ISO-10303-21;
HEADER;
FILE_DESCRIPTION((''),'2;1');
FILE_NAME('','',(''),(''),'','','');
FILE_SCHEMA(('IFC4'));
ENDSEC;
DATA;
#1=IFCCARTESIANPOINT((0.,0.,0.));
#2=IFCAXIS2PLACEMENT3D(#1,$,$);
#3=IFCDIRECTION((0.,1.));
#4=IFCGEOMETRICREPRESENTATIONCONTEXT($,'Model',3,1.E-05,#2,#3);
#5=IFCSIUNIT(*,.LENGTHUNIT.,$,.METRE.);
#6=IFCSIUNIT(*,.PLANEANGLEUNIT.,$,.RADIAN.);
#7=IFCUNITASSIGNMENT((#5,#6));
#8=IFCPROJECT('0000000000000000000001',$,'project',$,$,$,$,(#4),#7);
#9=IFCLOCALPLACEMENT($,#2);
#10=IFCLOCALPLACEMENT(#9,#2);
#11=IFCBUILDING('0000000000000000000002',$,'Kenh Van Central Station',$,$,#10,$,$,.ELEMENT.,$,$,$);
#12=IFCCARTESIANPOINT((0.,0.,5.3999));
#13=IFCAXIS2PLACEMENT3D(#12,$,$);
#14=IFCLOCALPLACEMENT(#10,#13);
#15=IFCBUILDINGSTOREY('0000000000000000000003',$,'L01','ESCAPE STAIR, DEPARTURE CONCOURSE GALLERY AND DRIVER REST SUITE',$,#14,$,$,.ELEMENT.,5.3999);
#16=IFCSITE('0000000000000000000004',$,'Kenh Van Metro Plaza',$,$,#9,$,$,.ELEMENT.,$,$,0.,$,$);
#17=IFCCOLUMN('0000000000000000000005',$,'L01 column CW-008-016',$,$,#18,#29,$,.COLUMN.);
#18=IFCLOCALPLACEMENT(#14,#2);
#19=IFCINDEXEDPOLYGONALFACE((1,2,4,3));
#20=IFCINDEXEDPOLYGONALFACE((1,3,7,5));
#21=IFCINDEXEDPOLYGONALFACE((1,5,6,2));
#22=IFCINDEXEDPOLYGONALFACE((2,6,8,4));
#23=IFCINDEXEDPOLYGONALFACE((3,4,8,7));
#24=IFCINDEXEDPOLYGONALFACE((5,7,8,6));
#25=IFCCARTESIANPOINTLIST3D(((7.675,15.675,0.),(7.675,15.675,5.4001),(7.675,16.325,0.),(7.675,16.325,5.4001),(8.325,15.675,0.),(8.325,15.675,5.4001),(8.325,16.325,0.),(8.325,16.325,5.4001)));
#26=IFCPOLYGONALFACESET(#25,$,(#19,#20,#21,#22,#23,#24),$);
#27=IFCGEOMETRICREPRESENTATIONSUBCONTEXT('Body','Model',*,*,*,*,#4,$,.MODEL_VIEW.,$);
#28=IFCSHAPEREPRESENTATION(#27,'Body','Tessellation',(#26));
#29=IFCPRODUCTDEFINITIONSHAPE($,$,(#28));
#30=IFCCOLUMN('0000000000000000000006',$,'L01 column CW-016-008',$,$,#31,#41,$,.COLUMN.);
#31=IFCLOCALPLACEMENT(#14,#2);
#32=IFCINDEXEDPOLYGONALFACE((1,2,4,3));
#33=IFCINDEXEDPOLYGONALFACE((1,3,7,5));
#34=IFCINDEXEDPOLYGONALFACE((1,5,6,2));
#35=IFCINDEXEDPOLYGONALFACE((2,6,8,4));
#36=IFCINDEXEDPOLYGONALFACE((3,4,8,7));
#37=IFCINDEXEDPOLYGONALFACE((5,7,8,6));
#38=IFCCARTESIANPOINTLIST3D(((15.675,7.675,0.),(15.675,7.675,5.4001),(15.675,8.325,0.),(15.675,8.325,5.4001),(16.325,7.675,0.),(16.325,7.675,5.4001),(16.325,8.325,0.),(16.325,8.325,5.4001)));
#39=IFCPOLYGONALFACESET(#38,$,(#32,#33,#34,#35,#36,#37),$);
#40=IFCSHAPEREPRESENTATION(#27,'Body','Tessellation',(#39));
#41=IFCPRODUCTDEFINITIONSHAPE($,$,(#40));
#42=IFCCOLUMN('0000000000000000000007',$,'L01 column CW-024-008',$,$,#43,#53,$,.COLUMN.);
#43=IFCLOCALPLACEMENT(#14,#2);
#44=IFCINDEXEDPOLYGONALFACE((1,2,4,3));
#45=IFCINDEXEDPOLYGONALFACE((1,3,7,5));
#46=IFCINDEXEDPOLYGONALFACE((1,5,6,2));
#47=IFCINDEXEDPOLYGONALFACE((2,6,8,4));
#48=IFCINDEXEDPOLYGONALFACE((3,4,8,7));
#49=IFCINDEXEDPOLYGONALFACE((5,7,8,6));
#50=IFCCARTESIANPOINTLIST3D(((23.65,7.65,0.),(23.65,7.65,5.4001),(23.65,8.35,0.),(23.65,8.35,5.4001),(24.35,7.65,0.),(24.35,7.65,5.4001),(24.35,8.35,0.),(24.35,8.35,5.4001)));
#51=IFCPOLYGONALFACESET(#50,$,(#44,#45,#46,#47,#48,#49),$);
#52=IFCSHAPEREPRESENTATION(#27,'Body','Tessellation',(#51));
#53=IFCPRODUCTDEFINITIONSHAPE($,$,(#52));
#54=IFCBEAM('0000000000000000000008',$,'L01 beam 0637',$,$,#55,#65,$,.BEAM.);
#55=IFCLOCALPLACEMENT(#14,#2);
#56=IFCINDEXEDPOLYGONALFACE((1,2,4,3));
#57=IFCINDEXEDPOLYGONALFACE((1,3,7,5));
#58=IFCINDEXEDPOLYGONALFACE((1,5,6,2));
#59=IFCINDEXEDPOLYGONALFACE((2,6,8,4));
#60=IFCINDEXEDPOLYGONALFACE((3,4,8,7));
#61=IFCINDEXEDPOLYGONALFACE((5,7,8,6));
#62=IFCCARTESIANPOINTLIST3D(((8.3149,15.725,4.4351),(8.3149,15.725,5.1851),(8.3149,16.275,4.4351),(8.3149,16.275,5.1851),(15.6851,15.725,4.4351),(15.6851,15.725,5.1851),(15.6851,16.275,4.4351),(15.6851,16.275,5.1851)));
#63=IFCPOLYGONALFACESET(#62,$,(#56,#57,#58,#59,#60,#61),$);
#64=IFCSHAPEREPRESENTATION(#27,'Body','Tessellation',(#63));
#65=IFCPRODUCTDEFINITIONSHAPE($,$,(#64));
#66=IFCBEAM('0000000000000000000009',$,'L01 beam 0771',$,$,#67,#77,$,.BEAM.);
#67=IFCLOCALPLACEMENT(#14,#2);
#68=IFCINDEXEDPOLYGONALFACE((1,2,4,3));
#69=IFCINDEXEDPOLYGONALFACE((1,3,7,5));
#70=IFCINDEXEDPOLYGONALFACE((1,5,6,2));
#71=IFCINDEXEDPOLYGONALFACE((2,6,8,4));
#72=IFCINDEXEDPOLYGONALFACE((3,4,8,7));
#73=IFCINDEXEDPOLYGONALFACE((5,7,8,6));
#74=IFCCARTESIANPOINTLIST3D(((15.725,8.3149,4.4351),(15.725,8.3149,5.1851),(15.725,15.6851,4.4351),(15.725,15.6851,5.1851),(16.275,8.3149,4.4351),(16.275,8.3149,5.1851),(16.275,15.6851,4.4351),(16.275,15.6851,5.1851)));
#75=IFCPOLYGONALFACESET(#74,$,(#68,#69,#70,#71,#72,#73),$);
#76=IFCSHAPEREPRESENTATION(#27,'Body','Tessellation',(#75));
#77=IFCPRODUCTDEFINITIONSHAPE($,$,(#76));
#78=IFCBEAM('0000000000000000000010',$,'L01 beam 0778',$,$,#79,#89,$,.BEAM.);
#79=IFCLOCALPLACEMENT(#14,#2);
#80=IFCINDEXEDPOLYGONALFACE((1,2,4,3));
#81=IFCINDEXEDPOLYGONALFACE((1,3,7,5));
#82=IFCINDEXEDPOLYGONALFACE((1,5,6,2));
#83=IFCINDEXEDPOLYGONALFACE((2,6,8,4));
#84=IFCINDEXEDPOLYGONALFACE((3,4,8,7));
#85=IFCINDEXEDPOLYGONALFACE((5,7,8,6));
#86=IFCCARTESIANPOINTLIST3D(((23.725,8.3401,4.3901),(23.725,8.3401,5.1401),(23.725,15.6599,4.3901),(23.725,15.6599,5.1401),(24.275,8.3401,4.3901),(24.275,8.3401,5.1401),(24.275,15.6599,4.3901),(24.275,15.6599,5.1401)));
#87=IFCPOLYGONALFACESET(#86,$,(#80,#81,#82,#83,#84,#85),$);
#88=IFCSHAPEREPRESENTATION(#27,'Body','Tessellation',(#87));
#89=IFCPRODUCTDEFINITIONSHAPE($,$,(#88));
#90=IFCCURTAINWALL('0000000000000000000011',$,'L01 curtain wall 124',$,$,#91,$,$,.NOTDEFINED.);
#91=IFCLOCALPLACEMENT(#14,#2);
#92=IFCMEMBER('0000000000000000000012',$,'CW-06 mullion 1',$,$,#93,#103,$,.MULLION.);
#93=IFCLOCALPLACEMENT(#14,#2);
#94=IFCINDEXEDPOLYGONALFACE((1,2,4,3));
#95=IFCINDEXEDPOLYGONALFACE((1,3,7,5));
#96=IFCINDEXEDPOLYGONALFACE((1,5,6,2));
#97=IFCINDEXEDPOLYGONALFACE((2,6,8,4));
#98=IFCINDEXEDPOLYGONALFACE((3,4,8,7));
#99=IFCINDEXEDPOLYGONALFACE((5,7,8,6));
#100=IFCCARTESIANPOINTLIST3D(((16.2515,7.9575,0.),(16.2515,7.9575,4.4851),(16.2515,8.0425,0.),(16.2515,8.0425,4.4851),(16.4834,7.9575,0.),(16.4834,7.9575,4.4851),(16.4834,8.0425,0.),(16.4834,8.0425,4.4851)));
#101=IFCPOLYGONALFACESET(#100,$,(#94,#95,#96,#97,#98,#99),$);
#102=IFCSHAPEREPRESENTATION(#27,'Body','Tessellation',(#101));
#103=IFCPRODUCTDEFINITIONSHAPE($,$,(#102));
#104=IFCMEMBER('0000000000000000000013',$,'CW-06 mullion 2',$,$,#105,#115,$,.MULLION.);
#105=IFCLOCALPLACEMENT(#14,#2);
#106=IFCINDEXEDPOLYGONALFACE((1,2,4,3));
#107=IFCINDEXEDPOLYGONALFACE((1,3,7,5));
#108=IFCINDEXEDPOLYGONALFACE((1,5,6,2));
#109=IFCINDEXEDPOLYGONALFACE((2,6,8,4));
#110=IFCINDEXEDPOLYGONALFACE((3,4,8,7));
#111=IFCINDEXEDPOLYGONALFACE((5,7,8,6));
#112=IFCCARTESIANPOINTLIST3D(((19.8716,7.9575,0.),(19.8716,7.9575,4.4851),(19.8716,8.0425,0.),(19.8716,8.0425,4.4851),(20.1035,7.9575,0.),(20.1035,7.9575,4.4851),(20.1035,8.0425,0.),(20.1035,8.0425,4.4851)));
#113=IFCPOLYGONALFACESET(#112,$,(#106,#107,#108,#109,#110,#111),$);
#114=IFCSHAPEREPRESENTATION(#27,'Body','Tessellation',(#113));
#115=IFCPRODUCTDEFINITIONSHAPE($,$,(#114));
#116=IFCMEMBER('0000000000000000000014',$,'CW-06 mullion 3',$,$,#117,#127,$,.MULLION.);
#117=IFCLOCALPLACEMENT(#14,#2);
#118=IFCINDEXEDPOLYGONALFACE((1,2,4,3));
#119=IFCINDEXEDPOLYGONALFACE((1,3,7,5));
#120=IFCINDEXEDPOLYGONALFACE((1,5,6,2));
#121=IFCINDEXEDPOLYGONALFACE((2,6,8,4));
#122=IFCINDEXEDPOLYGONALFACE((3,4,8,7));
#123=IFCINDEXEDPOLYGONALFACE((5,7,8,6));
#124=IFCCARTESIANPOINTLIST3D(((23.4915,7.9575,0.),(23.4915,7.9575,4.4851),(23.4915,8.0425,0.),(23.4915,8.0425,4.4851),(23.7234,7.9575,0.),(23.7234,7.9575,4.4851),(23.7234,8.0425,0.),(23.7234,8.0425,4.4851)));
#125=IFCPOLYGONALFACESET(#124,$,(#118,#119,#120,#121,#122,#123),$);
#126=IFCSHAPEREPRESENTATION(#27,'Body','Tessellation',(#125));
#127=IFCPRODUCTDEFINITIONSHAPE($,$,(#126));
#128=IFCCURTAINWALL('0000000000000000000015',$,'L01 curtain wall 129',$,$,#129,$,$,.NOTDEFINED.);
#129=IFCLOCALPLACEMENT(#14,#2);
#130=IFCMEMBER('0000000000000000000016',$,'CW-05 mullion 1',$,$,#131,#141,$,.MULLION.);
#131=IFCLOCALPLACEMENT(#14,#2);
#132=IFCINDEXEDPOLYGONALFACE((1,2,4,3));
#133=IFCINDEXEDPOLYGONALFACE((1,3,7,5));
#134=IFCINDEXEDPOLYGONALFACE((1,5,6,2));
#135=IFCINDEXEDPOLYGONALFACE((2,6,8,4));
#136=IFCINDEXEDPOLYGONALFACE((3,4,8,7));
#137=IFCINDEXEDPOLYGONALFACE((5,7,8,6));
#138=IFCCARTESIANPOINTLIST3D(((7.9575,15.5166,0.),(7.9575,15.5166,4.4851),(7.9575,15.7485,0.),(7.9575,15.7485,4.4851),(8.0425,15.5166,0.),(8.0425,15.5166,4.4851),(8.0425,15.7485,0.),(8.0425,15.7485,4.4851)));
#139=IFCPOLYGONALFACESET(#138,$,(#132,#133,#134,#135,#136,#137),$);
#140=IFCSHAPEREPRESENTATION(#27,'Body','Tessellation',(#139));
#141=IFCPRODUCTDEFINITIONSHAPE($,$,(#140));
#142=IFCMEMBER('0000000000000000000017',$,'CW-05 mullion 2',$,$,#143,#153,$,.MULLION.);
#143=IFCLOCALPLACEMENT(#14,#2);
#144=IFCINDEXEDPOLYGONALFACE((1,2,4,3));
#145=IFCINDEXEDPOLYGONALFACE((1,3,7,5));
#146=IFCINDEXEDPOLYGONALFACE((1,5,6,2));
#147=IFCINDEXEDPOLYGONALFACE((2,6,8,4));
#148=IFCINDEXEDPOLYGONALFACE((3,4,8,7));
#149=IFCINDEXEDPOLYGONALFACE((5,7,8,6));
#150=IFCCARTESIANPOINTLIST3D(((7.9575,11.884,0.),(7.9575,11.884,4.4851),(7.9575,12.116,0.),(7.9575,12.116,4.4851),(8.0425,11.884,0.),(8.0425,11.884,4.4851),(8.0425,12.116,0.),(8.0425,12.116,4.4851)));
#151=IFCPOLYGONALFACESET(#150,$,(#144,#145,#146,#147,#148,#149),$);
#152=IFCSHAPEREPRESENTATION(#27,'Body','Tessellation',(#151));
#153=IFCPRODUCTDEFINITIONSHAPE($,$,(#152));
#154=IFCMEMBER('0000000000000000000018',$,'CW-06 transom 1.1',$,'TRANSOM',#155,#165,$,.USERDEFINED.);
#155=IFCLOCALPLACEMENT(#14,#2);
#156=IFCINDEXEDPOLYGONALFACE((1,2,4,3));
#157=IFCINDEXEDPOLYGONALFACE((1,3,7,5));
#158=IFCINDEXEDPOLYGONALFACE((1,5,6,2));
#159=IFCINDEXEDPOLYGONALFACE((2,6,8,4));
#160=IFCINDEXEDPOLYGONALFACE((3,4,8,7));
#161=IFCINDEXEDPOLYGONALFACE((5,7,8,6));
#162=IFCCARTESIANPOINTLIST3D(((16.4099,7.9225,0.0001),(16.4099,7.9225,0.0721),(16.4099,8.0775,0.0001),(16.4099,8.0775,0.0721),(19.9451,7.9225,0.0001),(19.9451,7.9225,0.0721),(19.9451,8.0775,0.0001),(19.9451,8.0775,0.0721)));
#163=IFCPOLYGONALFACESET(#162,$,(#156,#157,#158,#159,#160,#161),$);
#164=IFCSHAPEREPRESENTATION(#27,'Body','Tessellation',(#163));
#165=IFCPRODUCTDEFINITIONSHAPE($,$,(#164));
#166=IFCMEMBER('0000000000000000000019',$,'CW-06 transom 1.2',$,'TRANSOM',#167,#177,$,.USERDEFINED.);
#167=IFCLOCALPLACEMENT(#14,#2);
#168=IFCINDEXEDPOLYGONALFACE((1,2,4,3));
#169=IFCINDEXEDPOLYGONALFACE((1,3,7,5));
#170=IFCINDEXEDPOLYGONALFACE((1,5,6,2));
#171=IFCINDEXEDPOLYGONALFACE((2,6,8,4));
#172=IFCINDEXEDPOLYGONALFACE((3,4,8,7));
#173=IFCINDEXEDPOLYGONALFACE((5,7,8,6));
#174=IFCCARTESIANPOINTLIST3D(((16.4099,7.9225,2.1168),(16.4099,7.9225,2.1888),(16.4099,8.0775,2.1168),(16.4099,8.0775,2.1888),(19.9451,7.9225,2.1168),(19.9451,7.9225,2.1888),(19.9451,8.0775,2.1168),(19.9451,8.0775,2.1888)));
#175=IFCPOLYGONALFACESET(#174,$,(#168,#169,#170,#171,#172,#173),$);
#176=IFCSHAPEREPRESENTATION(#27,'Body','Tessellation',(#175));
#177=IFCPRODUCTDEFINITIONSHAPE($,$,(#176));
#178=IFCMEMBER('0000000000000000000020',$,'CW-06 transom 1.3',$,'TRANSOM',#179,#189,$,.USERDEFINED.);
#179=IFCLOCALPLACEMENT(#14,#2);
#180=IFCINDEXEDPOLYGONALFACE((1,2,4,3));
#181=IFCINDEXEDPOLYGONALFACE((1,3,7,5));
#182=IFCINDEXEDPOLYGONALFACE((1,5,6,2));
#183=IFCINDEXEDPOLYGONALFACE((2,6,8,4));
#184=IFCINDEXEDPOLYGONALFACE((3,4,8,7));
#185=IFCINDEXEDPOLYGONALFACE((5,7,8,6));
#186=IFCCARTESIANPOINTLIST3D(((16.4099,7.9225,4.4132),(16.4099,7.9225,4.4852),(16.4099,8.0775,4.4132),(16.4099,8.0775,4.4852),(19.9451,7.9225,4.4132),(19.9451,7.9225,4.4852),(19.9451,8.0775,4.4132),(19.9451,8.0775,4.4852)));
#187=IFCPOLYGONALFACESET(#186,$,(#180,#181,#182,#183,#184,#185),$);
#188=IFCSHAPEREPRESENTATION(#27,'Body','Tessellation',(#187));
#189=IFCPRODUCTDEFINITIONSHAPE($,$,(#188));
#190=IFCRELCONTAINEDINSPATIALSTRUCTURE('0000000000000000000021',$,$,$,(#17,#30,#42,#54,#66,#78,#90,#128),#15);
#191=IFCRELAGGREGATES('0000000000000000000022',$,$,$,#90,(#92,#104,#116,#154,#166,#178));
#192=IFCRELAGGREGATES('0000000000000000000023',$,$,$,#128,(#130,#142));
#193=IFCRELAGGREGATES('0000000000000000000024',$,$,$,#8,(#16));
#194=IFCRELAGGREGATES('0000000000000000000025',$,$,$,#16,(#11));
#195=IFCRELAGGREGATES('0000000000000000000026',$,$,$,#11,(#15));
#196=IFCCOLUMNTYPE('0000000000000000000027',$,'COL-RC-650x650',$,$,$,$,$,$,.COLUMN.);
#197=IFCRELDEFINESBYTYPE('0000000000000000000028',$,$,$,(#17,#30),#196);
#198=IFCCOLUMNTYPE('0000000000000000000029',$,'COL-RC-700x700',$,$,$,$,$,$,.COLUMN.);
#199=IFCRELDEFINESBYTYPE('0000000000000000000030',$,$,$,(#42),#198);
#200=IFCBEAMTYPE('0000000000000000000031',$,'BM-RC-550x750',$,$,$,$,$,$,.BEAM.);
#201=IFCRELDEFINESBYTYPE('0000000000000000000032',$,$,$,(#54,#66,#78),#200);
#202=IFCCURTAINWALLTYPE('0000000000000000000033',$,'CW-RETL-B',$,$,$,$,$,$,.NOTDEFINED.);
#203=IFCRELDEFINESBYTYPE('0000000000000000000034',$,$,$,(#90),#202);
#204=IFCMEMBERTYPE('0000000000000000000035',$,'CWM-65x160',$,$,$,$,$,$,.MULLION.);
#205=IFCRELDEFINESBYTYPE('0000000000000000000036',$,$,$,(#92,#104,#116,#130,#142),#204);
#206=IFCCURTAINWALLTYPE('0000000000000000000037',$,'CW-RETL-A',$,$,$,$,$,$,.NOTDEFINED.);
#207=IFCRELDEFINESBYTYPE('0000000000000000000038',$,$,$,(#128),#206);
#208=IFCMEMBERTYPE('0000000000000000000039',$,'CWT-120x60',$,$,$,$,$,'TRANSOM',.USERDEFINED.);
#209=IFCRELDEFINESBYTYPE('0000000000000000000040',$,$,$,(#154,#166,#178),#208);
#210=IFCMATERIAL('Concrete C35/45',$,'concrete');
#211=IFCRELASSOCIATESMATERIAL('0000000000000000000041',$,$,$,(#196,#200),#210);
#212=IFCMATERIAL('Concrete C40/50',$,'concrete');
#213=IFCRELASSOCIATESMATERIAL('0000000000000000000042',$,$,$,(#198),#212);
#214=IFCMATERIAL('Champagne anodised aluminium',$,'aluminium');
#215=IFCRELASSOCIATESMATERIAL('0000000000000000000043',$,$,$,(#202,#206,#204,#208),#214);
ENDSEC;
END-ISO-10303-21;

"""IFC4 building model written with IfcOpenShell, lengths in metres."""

from ifc_helpers import new_model, si_unit, direction, frame, origin, origin_2d, place, context, subcontext, project, spatial, rectangle, extrude, material, material_profile, profile_set, type_object, element, aggregate, save


model = new_model("IFC4")

# Units and contexts
model_context = context("Model", 3, precision=1e-05, world=origin(), true_north=direction((0.0, 1.0)))
body_context = subcontext(model_context, "Body", "Model", "MODEL_VIEW")
ifc_project = project(units=[si_unit("LENGTHUNIT", "METRE"), si_unit("PLANEANGLEUNIT", "RADIAN")], contexts=[model_context])

# Site, building, storey
site_placement = place(None, origin())
site = spatial("IfcSite", under=ifc_project, at=site_placement, Name="Kenh Van Metro Plaza", CompositionType="ELEMENT", RefElevation=0.0)
building_placement = place(site_placement, origin())
building = spatial("IfcBuilding", under=site, at=building_placement, Name="Kenh Van Central Station", CompositionType="ELEMENT")
storey_placement = place(building_placement, frame((0.0, 0.0, 5.3999)))
storey = spatial("IfcBuildingStorey", under=building, at=storey_placement, Name="L01", Description="ESCAPE STAIR, DEPARTURE CONCOURSE GALLERY AND DRIVER REST SUITE", CompositionType="ELEMENT", Elevation=5.3999)

# Columns
ifc_material_1 = material(Name="Concrete C35/45", Category="concrete")
ifc_material_profile_1 = material_profile(ifc_material_1, rectangle(XDim=0.6499, YDim=0.6499, at=origin_2d()), Name="RC 650x650")
ifc_profile_set_1 = profile_set([ifc_material_profile_1], Name="Concrete C35/45")
column_type_1 = type_object("IfcColumnType", Name="COL-RC-650x650", PredefinedType="COLUMN", material=ifc_profile_set_1)
for number, where, z_axis, x_axis, name in (
    (1, (8.0, 16.0, 0.0), (0.0, 0.0, 1.0), (1.0, 0.0, 0.0), "L01 column CW-008-016"),
    (2, (16.0, 8.0, 0.0), (0.0, 0.0, 1.0), (1.0, 0.0, 0.0), "L01 column CW-016-008"),
):
    element("IfcColumn", number, at=place(storey_placement, frame(where, z_axis=z_axis, x_axis=x_axis)), inside=storey, type_object=column_type_1, Name=name, PredefinedType="COLUMN", context=body_context, shape_type="SweptSolid", body=[
        extrude(rectangle(XDim=0.6499, YDim=0.6499, at=origin_2d()), origin(), (0.0, 0.0, 1.0), 5.4001),
    ])
ifc_material_2 = material(Name="Concrete C40/50", Category="concrete")
ifc_material_profile_2 = material_profile(ifc_material_2, rectangle(XDim=0.7, YDim=0.7, at=origin_2d()), Name="RC 700x700")
ifc_profile_set_2 = profile_set([ifc_material_profile_2], Name="Concrete C40/50")
column_type_2 = type_object("IfcColumnType", Name="COL-RC-700x700", PredefinedType="COLUMN", material=ifc_profile_set_2)
column_placement = place(storey_placement, frame((24.0, 8.0, 0.0), z_axis=(0.0, 0.0, 1.0), x_axis=(1.0, 0.0, 0.0)))
element("IfcColumn", 3, at=column_placement, inside=storey, type_object=column_type_2, Name="L01 column CW-024-008", PredefinedType="COLUMN", context=body_context, shape_type="SweptSolid", body=[
    extrude(rectangle(XDim=0.7, YDim=0.7, at=origin_2d()), origin(), (0.0, 0.0, 1.0), 5.4001),
])

# Beams
ifc_material_profile_3 = material_profile(ifc_material_1, rectangle(XDim=0.55, YDim=0.75, at=origin_2d()), Name="RC 550x750")
ifc_profile_set_3 = profile_set([ifc_material_profile_3], Name="Concrete C35/45")
beam_type_1 = type_object("IfcBeamType", Name="BM-RC-550x750", PredefinedType="BEAM", material=ifc_profile_set_3)
for number, where, z_axis, x_axis, name in (
    (4, (8.3149, 16.0, 4.8101), (1.0, 0.0, 0.0), (0.0, 1.0, 0.0), "L01 beam 0637"),
    (5, (16.0, 8.3149, 4.8101), (0.0, 1.0, 0.0), (-1.0, 0.0, 0.0), "L01 beam 0771"),
):
    element("IfcBeam", number, at=place(storey_placement, frame(where, z_axis=z_axis, x_axis=x_axis)), inside=storey, type_object=beam_type_1, Name=name, PredefinedType="BEAM", context=body_context, shape_type="SweptSolid", body=[
        extrude(rectangle(XDim=0.55, YDim=0.75, at=origin_2d()), origin(), (0.0, 0.0, 1.0), 7.3701),
    ])
beam_1_placement = place(storey_placement, frame((24.0, 8.3401, 4.7651), z_axis=(0.0, 1.0, 0.0), x_axis=(-1.0, 0.0, 0.0)))
element("IfcBeam", 6, at=beam_1_placement, inside=storey, type_object=beam_type_1, Name="L01 beam 0778", PredefinedType="BEAM", context=body_context, shape_type="SweptSolid", body=[
    extrude(rectangle(XDim=0.55, YDim=0.75, at=origin_2d()), origin(), (0.0, 0.0, 1.0), 7.3198),
])

# Curtain walls, members
ifc_material_3 = material(Name="Champagne anodised aluminium", Category="aluminium")
curtain_wall_type_1 = type_object("IfcCurtainWallType", Name="CW-RETL-B", PredefinedType="NOTDEFINED", material=ifc_material_3)
curtain_wall_1_placement = place(storey_placement, origin())
curtain_wall_1 = element("IfcCurtainWall", 7, at=curtain_wall_1_placement, inside=storey, type_object=curtain_wall_type_1, Name="L01 curtain wall 124", PredefinedType="NOTDEFINED")
ifc_material_profile_4 = material_profile(ifc_material_3, rectangle(XDim=0.085, YDim=0.2319, at=origin_2d()), Name="AL 85x232")
ifc_profile_set_4 = profile_set([ifc_material_profile_4], Name="Champagne anodised aluminium")
member_type_1 = type_object("IfcMemberType", Name="CWM-65x160", PredefinedType="MULLION", material=ifc_profile_set_4)
member_1_placement = place(storey_placement, frame((16.3674, 8.0, 0.0), z_axis=(0.0, 0.0, 1.0), x_axis=(0.0, 1.0, 0.0)))
member_1 = element("IfcMember", 8, at=member_1_placement, type_object=member_type_1, Name="CW-06 mullion 1", PredefinedType="MULLION", context=body_context, shape_type="SweptSolid", body=[
    extrude(rectangle(XDim=0.085, YDim=0.2319, at=origin_2d()), origin(), (0.0, 0.0, 1.0), 4.4851),
])
member_2_placement = place(storey_placement, frame((19.9875, 8.0, 0.0), z_axis=(0.0, 0.0, 1.0), x_axis=(0.0, 1.0, 0.0)))
member_2 = element("IfcMember", 9, at=member_2_placement, type_object=member_type_1, Name="CW-06 mullion 2", PredefinedType="MULLION", context=body_context, shape_type="SweptSolid", body=[
    extrude(rectangle(XDim=0.085, YDim=0.2319, at=origin_2d()), origin(), (0.0, 0.0, 1.0), 4.4851),
])
member_3_placement = place(storey_placement, frame((23.6074, 8.0, 0.0), z_axis=(0.0, 0.0, 1.0), x_axis=(0.0, 1.0, 0.0)))
member_3 = element("IfcMember", 10, at=member_3_placement, type_object=member_type_1, Name="CW-06 mullion 3", PredefinedType="MULLION", context=body_context, shape_type="SweptSolid", body=[
    extrude(rectangle(XDim=0.085, YDim=0.2319, at=origin_2d()), origin(), (0.0, 0.0, 1.0), 4.4851),
])
curtain_wall_type_2 = type_object("IfcCurtainWallType", Name="CW-RETL-A", PredefinedType="NOTDEFINED", material=ifc_material_3)
curtain_wall_2_placement = place(storey_placement, origin())
curtain_wall_2 = element("IfcCurtainWall", 11, at=curtain_wall_2_placement, inside=storey, type_object=curtain_wall_type_2, Name="L01 curtain wall 129", PredefinedType="NOTDEFINED")
member_4_placement = place(storey_placement, frame((8.0, 15.6326, 0.0), z_axis=(0.0, 0.0, 1.0), x_axis=(1.0, 0.0, 0.0)))
member_4 = element("IfcMember", 12, at=member_4_placement, type_object=member_type_1, Name="CW-05 mullion 1", PredefinedType="MULLION", context=body_context, shape_type="SweptSolid", body=[
    extrude(rectangle(XDim=0.085, YDim=0.2319, at=origin_2d()), origin(), (0.0, 0.0, 1.0), 4.4851),
])
member_5_placement = place(storey_placement, frame((8.0, 12.0, 0.0), z_axis=(0.0, 0.0, 1.0), x_axis=(1.0, 0.0, 0.0)))
member_5 = element("IfcMember", 13, at=member_5_placement, type_object=member_type_1, Name="CW-05 mullion 2", PredefinedType="MULLION", context=body_context, shape_type="SweptSolid", body=[
    extrude(rectangle(XDim=0.085, YDim=0.2319, at=origin_2d()), origin(), (0.0, 0.0, 1.0), 4.4851),
])

# Members
ifc_material_profile_5 = material_profile(ifc_material_3, rectangle(XDim=0.155, YDim=0.072, at=origin_2d()), Name="AL 155x72")
ifc_profile_set_5 = profile_set([ifc_material_profile_5], Name="Champagne anodised aluminium")
member_type_2 = type_object("IfcMemberType", Name="CWT-120x60", ElementType="TRANSOM", PredefinedType="USERDEFINED", material=ifc_profile_set_5)
member_6_placement = place(storey_placement, frame((16.4099, 8.0, 0.0361), z_axis=(1.0, 0.0, 0.0), x_axis=(0.0, 1.0, 0.0)))
member_6 = element("IfcMember", 14, at=member_6_placement, type_object=member_type_2, Name="CW-06 transom 1.1", ObjectType="TRANSOM", PredefinedType="USERDEFINED", context=body_context, shape_type="SweptSolid", body=[
    extrude(rectangle(XDim=0.155, YDim=0.072, at=origin_2d()), origin(), (0.0, 0.0, 1.0), 3.5352),
])
member_7_placement = place(storey_placement, frame((16.4099, 8.0, 2.1528), z_axis=(1.0, 0.0, 0.0), x_axis=(0.0, 1.0, 0.0)))
member_7 = element("IfcMember", 15, at=member_7_placement, type_object=member_type_2, Name="CW-06 transom 1.2", ObjectType="TRANSOM", PredefinedType="USERDEFINED", context=body_context, shape_type="SweptSolid", body=[
    extrude(rectangle(XDim=0.155, YDim=0.072, at=origin_2d()), origin(), (0.0, 0.0, 1.0), 3.5352),
])
member_8_placement = place(storey_placement, frame((16.4099, 8.0, 4.4492), z_axis=(1.0, 0.0, 0.0), x_axis=(0.0, 1.0, 0.0)))
member_8 = element("IfcMember", 16, at=member_8_placement, type_object=member_type_2, Name="CW-06 transom 1.3", ObjectType="TRANSOM", PredefinedType="USERDEFINED", context=body_context, shape_type="SweptSolid", body=[
    extrude(rectangle(XDim=0.155, YDim=0.072, at=origin_2d()), origin(), (0.0, 0.0, 1.0), 3.5352),
])

aggregate(curtain_wall_1, [member_1, member_2, member_3, member_6, member_7, member_8])
aggregate(curtain_wall_2, [member_4, member_5])

save(model, "model.ifc")
